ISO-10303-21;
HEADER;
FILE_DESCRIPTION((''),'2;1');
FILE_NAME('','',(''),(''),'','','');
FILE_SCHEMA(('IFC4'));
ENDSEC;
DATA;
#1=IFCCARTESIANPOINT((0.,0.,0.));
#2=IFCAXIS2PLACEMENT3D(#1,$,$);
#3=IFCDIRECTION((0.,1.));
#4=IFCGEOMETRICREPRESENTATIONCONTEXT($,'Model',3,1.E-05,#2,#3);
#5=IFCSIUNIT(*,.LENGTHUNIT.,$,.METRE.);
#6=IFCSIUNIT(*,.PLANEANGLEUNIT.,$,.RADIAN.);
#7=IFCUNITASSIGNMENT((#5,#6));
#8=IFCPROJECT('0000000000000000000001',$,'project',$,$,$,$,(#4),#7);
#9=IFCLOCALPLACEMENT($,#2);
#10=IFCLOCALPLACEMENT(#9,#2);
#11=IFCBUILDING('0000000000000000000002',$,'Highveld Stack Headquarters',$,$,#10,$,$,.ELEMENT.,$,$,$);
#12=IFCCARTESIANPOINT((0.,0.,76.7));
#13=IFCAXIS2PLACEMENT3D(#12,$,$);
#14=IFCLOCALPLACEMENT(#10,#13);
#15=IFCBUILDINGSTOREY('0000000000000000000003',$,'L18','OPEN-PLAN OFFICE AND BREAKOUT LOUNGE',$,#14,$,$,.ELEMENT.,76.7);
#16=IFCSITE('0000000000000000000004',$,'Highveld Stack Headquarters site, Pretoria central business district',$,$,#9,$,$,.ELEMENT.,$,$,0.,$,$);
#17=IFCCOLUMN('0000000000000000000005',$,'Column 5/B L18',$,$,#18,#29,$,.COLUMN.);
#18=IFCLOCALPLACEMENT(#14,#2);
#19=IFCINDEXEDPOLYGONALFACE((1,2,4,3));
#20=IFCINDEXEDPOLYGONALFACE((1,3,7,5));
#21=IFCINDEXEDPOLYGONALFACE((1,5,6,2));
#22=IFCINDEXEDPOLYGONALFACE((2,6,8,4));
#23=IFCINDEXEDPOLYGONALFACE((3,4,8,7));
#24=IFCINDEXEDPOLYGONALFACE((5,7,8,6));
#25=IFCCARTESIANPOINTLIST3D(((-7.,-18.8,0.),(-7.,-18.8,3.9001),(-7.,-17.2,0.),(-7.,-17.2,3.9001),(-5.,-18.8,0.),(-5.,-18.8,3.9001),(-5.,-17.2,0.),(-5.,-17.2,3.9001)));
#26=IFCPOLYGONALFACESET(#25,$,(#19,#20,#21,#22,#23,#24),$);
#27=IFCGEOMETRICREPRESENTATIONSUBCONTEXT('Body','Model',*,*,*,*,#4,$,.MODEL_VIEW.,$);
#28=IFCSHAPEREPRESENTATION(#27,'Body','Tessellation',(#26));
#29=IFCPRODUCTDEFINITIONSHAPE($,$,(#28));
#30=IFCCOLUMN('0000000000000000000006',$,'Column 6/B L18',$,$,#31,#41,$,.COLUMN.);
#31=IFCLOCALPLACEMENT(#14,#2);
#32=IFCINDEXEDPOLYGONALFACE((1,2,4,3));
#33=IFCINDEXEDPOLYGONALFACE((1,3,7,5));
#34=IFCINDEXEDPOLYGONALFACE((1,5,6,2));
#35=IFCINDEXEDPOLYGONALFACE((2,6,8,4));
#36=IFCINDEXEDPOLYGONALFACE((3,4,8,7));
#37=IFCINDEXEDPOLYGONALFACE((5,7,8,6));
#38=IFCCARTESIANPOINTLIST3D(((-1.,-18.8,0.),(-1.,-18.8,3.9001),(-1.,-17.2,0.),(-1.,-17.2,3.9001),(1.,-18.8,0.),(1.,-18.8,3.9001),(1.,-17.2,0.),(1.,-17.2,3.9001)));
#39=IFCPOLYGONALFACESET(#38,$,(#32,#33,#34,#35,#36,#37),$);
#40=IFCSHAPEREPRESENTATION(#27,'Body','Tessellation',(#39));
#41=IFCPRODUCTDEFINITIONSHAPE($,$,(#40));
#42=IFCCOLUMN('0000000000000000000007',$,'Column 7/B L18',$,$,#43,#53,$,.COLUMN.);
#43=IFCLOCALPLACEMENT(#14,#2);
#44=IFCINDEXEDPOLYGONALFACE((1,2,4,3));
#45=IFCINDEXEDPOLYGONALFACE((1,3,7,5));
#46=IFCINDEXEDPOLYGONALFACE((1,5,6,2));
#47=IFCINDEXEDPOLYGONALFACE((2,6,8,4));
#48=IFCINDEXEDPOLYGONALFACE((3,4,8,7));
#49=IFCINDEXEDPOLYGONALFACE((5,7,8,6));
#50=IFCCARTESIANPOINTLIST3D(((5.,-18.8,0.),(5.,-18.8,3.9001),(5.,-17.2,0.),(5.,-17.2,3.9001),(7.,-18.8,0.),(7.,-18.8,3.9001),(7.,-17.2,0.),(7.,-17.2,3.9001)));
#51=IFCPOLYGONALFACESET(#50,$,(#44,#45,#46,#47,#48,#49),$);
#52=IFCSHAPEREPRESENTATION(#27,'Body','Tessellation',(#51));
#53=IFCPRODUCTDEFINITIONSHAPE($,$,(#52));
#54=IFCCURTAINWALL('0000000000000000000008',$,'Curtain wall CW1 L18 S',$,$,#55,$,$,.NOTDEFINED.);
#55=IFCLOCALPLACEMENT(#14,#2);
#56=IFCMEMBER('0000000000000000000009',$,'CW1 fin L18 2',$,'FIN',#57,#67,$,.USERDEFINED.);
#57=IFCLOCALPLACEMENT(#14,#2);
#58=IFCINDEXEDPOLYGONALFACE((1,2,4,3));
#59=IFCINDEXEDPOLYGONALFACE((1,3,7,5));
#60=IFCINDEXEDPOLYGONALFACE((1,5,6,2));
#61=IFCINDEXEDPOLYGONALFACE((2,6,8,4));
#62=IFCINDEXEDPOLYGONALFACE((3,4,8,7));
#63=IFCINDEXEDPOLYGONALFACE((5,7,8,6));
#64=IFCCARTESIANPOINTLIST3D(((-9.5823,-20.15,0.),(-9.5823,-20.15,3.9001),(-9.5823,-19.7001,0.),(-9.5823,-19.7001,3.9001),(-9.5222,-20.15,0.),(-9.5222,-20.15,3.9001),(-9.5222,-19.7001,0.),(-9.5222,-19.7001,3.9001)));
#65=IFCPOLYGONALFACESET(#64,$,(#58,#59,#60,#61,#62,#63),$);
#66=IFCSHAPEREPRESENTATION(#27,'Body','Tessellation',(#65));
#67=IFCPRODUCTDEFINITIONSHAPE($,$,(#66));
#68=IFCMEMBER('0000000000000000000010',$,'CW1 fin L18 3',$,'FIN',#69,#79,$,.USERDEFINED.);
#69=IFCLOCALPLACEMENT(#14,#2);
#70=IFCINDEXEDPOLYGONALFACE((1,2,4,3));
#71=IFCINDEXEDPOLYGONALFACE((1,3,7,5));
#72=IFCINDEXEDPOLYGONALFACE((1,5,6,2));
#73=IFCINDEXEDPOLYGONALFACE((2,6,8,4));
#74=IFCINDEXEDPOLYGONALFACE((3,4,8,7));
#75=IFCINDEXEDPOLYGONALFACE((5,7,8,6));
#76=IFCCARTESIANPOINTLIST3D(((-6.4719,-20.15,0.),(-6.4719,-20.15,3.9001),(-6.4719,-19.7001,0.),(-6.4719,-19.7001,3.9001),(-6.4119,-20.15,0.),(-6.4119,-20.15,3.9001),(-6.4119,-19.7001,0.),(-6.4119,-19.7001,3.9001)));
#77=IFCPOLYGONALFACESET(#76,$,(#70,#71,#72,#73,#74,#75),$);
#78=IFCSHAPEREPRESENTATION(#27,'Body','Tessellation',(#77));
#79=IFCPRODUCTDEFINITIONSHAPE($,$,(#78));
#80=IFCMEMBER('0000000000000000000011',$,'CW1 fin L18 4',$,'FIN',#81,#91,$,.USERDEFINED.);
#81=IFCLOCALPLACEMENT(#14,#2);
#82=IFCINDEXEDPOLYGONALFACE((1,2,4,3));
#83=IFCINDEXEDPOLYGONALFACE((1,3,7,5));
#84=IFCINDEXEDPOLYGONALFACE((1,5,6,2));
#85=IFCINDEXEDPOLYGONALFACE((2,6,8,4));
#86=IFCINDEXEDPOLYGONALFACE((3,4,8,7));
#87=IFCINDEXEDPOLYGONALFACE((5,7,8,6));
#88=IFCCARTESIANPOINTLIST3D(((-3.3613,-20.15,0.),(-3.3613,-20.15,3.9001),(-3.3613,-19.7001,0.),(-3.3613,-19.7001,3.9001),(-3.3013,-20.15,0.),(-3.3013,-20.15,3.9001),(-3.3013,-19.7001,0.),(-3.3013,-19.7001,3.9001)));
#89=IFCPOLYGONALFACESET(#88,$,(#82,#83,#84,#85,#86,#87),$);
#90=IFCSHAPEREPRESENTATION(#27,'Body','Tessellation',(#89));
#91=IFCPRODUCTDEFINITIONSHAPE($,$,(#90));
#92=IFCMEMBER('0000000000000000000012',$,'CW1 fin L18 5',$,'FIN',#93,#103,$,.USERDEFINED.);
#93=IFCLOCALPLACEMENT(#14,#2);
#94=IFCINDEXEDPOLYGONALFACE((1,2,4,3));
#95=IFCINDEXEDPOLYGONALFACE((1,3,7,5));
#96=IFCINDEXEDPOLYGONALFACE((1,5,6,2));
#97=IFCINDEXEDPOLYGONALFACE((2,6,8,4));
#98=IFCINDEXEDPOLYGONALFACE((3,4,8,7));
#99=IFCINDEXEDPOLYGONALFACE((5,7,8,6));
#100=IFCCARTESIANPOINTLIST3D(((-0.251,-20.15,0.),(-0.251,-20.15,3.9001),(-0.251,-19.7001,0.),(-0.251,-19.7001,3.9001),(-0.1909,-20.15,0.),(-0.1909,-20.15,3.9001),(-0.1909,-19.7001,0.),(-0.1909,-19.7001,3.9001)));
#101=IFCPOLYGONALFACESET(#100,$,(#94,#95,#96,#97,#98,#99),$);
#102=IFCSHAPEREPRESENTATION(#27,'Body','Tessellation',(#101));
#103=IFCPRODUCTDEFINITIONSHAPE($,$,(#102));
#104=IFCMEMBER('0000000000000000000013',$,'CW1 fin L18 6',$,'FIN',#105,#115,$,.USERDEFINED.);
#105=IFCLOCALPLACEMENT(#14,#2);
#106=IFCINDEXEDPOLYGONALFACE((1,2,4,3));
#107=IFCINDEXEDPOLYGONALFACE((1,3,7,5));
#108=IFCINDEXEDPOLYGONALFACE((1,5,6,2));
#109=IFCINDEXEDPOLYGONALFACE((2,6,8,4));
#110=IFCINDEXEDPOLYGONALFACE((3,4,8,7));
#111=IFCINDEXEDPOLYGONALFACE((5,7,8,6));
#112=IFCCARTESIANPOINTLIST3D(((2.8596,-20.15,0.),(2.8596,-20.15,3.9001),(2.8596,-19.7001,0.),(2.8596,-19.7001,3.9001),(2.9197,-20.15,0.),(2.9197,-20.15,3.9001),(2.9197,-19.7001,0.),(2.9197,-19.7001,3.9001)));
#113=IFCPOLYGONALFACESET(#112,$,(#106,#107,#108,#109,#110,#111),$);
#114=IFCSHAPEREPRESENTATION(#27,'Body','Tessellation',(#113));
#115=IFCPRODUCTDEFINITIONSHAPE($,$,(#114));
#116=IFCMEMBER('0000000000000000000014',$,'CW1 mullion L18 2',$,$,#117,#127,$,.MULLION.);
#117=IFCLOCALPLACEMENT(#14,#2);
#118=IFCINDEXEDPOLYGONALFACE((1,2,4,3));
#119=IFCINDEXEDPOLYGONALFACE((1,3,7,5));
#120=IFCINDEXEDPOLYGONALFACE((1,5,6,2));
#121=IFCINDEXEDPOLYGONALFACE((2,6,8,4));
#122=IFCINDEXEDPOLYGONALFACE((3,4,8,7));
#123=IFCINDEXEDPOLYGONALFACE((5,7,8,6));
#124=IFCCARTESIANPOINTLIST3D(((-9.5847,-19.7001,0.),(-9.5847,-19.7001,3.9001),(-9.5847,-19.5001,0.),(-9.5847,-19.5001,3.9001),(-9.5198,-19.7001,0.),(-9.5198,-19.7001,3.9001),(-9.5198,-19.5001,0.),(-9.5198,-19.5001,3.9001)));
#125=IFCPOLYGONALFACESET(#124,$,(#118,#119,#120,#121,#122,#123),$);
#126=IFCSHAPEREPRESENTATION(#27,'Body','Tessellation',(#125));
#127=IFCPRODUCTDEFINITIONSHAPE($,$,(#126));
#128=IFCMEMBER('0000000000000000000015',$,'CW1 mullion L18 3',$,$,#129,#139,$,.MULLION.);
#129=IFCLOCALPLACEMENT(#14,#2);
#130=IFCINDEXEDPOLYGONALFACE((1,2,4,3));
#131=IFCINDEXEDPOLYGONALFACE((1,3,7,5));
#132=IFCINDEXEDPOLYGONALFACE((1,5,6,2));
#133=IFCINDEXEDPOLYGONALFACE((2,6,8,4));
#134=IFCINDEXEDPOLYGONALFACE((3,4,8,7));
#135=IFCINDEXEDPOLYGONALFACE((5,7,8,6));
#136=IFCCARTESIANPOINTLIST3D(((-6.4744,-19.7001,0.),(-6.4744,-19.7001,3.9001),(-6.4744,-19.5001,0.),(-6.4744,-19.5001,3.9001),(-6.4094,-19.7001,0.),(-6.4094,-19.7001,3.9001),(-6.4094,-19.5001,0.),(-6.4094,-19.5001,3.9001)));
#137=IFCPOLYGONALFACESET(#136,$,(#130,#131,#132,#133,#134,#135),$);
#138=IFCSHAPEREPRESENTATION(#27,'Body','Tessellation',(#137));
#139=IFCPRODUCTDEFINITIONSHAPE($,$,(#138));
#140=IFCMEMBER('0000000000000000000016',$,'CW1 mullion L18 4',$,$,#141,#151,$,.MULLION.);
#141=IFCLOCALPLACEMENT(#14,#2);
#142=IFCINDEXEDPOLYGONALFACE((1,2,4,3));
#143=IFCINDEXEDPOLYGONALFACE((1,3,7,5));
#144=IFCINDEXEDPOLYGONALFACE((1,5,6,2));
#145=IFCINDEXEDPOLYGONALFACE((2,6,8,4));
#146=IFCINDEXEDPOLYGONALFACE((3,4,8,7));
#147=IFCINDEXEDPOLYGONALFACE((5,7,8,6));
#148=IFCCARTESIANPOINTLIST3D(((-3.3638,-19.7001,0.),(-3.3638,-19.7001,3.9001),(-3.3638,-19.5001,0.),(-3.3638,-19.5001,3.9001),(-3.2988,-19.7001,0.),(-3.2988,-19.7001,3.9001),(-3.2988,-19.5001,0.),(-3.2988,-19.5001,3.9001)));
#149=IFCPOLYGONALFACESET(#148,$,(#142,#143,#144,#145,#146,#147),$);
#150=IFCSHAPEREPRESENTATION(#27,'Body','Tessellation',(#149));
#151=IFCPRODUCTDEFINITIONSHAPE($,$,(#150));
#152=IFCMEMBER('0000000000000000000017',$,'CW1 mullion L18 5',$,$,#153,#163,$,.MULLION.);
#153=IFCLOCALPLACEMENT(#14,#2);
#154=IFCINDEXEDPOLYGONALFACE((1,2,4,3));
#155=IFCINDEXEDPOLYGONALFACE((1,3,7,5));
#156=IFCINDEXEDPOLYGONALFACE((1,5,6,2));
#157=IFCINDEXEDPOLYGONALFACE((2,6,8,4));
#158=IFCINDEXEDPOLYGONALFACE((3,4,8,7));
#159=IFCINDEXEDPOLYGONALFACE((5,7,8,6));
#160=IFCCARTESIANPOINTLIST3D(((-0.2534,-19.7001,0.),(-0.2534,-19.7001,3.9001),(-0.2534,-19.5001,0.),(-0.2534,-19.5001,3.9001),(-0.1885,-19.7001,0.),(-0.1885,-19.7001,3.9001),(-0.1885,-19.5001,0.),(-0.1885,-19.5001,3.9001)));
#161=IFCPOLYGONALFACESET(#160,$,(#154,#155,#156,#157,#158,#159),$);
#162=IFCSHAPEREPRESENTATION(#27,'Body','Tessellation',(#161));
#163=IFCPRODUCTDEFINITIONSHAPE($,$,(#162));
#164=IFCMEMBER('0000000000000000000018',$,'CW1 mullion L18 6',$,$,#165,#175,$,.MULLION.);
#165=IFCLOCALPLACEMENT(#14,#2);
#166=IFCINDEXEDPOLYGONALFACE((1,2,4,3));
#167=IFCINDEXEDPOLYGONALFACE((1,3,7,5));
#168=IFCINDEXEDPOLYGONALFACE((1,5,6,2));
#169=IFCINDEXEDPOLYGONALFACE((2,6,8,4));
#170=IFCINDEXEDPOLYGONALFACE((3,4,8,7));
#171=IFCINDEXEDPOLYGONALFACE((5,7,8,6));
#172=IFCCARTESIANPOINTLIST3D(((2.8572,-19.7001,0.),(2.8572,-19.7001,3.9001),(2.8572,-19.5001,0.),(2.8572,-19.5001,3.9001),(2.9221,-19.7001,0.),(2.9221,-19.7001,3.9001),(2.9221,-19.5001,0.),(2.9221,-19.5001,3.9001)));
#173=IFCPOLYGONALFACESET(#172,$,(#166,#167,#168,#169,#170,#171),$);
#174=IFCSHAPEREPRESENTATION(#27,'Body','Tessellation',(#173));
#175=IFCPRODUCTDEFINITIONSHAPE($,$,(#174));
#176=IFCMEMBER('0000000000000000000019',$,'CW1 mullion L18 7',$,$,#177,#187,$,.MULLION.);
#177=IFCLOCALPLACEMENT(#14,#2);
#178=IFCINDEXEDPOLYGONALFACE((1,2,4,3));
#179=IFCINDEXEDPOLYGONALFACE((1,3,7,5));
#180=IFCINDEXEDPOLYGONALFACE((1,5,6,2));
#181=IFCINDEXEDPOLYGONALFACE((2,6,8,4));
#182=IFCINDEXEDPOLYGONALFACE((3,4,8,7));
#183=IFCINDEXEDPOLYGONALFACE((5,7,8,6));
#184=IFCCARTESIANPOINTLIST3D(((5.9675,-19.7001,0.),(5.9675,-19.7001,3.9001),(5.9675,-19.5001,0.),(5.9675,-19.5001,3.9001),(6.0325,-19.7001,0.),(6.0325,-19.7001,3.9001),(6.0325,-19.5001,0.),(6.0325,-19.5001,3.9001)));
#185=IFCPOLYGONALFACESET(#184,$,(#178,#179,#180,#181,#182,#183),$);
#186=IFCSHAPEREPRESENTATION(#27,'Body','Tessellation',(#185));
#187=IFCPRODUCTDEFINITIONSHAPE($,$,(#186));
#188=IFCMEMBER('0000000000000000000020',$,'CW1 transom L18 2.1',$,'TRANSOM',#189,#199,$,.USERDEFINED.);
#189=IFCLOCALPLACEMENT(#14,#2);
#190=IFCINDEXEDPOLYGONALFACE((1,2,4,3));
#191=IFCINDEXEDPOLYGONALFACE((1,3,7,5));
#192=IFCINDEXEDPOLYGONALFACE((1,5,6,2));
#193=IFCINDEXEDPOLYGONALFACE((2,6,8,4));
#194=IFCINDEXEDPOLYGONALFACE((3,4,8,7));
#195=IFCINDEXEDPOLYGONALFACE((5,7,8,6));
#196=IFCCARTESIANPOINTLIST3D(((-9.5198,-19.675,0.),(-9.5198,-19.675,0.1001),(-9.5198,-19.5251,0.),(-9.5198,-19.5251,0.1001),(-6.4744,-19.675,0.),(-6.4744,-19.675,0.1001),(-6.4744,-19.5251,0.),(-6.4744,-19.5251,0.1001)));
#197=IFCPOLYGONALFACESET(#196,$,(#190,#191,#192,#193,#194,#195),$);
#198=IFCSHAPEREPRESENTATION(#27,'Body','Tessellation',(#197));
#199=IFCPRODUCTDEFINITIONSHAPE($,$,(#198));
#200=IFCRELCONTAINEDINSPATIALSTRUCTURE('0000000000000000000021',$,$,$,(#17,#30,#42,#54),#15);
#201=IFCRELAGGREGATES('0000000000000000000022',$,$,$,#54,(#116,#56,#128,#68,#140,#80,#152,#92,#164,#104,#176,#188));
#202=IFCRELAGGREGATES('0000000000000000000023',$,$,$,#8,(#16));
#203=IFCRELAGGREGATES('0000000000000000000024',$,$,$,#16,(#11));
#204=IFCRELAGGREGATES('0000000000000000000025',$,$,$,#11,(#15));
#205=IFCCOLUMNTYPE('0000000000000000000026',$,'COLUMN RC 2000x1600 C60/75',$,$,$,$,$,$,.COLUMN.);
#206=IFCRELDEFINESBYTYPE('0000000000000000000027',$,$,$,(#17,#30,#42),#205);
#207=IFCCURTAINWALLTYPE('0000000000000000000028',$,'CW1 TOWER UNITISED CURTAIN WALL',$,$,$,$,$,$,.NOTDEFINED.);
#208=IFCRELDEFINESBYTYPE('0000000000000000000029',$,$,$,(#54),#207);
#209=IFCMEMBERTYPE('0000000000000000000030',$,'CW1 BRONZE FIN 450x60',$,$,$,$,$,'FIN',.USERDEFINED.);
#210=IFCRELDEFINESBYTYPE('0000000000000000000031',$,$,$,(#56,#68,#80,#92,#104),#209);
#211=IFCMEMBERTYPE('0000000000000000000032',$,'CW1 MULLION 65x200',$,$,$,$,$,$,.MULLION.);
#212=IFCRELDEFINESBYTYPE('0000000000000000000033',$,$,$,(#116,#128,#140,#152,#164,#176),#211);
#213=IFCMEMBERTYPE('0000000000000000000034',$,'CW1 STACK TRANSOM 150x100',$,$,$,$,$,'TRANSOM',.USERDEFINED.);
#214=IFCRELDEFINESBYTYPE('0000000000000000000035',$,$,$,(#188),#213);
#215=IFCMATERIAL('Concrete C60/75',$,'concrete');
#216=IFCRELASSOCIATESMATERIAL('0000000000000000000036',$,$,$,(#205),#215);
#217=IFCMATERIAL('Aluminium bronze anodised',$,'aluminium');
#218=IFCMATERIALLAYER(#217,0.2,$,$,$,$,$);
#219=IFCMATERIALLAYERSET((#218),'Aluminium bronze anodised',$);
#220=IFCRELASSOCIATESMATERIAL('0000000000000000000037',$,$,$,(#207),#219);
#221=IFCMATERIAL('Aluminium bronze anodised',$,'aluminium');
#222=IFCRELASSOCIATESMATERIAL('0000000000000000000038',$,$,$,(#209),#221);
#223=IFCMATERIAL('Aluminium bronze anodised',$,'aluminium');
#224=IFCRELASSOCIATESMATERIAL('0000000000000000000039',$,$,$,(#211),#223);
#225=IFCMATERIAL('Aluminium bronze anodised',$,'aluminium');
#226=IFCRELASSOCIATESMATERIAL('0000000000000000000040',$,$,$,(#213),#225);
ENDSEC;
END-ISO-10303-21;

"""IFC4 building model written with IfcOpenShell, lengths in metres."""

from ifc_helpers import new_model, si_unit, direction, frame, origin, origin_2d, place, context, subcontext, project, spatial, rectangle, extrude, material, layer, layer_set, material_profile, profile_set, type_object, element, aggregate, save


model = new_model("IFC4")

# Units and contexts
model_context = context("Model", 3, precision=1e-05, world=origin(), true_north=direction((0.0, 1.0)))
body_context = subcontext(model_context, "Body", "Model", "MODEL_VIEW")
ifc_project = project(units=[si_unit("LENGTHUNIT", "METRE"), si_unit("PLANEANGLEUNIT", "RADIAN")], contexts=[model_context])

# Site, building, storey
site_placement = place(None, origin())
site = spatial("IfcSite", under=ifc_project, at=site_placement, Name="Highveld Stack Headquarters site, Pretoria central business district", CompositionType="ELEMENT", RefElevation=0.0)
building_placement = place(site_placement, origin())
building = spatial("IfcBuilding", under=site, at=building_placement, Name="Highveld Stack Headquarters", CompositionType="ELEMENT")
storey_placement = place(building_placement, frame((0.0, 0.0, 76.7)))
storey = spatial("IfcBuildingStorey", under=building, at=storey_placement, Name="L18", Description="OPEN-PLAN OFFICE AND BREAKOUT LOUNGE", CompositionType="ELEMENT", Elevation=76.7)

# Columns
ifc_material_1 = material(Name="Concrete C60/75", Category="concrete")
ifc_material_profile_1 = material_profile(ifc_material_1, rectangle(XDim=2.0, YDim=1.6001, at=origin_2d()), Name="RC 2000x1600")
ifc_profile_set_1 = profile_set([ifc_material_profile_1], Name="Concrete C60/75")
column_type = type_object("IfcColumnType", Name="COLUMN RC 2000x1600 C60/75", PredefinedType="COLUMN", material=ifc_profile_set_1)
for number, where, z_axis, x_axis, name in (
    (1, (-6.0, -18.0, 0.0), (0.0, 0.0, 1.0), (1.0, 0.0, 0.0), "Column 5/B L18"),
    (2, (0.0, -18.0, 0.0), (0.0, 0.0, 1.0), (1.0, 0.0, 0.0), "Column 6/B L18"),
    (3, (6.0, -18.0, 0.0), (0.0, 0.0, 1.0), (1.0, 0.0, 0.0), "Column 7/B L18"),
):
    element("IfcColumn", number, at=place(storey_placement, frame(where, z_axis=z_axis, x_axis=x_axis)), inside=storey, type_object=column_type, Name=name, PredefinedType="COLUMN", context=body_context, shape_type="SweptSolid", body=[
        extrude(rectangle(XDim=2.0, YDim=1.6001, at=origin_2d()), origin(), (0.0, 0.0, 1.0), 3.9001),
    ])

# Curtain wall, members
ifc_material_2 = material(Name="Aluminium bronze anodised", Category="aluminium")
ifc_layer_1 = layer(ifc_material_2, 0.2)
ifc_layer_set_1 = layer_set([ifc_layer_1], Name="Aluminium bronze anodised")
curtain_wall_type = type_object("IfcCurtainWallType", Name="CW1 TOWER UNITISED CURTAIN WALL", PredefinedType="NOTDEFINED", material=ifc_layer_set_1)
curtain_wall_placement = place(storey_placement, origin())
curtain_wall = element("IfcCurtainWall", 4, at=curtain_wall_placement, inside=storey, type_object=curtain_wall_type, Name="Curtain wall CW1 L18 S", PredefinedType="NOTDEFINED")
ifc_material_3 = material(Name="Aluminium bronze anodised", Category="aluminium")
ifc_material_profile_2 = material_profile(ifc_material_3, rectangle(XDim=0.45, YDim=0.0601, at=origin_2d()), Name="FIN 450x60")
ifc_profile_set_2 = profile_set([ifc_material_profile_2], Name="Aluminium bronze anodised")
member_type_1 = type_object("IfcMemberType", Name="CW1 BRONZE FIN 450x60", ElementType="FIN", PredefinedType="USERDEFINED", material=ifc_profile_set_2)
member_1_placement = place(storey_placement, frame((-9.5522, -19.925, 0.0), z_axis=(0.0, 0.0, 1.0), x_axis=(0.0, 1.0, 0.0)))
member_1 = element("IfcMember", 5, at=member_1_placement, type_object=member_type_1, Name="CW1 fin L18 2", ObjectType="FIN", PredefinedType="USERDEFINED", context=body_context, shape_type="SweptSolid", body=[
    extrude(rectangle(XDim=0.45, YDim=0.0601, at=origin_2d()), origin(), (0.0, 0.0, 1.0), 3.9001),
])
member_2_placement = place(storey_placement, frame((-6.4419, -19.925, 0.0), z_axis=(0.0, 0.0, 1.0), x_axis=(0.0, 1.0, 0.0)))
member_2 = element("IfcMember", 6, at=member_2_placement, type_object=member_type_1, Name="CW1 fin L18 3", ObjectType="FIN", PredefinedType="USERDEFINED", context=body_context, shape_type="SweptSolid", body=[
    extrude(rectangle(XDim=0.45, YDim=0.0601, at=origin_2d()), origin(), (0.0, 0.0, 1.0), 3.9001),
])
member_3_placement = place(storey_placement, frame((-3.3313, -19.925, 0.0), z_axis=(0.0, 0.0, 1.0), x_axis=(0.0, 1.0, 0.0)))
member_3 = element("IfcMember", 7, at=member_3_placement, type_object=member_type_1, Name="CW1 fin L18 4", ObjectType="FIN", PredefinedType="USERDEFINED", context=body_context, shape_type="SweptSolid", body=[
    extrude(rectangle(XDim=0.45, YDim=0.0601, at=origin_2d()), origin(), (0.0, 0.0, 1.0), 3.9001),
])
member_4_placement = place(storey_placement, frame((-0.2209, -19.925, 0.0), z_axis=(0.0, 0.0, 1.0), x_axis=(0.0, 1.0, 0.0)))
member_4 = element("IfcMember", 8, at=member_4_placement, type_object=member_type_1, Name="CW1 fin L18 5", ObjectType="FIN", PredefinedType="USERDEFINED", context=body_context, shape_type="SweptSolid", body=[
    extrude(rectangle(XDim=0.45, YDim=0.0601, at=origin_2d()), origin(), (0.0, 0.0, 1.0), 3.9001),
])
member_5_placement = place(storey_placement, frame((2.8896, -19.925, 0.0), z_axis=(0.0, 0.0, 1.0), x_axis=(0.0, 1.0, 0.0)))
member_5 = element("IfcMember", 9, at=member_5_placement, type_object=member_type_1, Name="CW1 fin L18 6", ObjectType="FIN", PredefinedType="USERDEFINED", context=body_context, shape_type="SweptSolid", body=[
    extrude(rectangle(XDim=0.45, YDim=0.0601, at=origin_2d()), origin(), (0.0, 0.0, 1.0), 3.9001),
])
ifc_material_4 = material(Name="Aluminium bronze anodised", Category="aluminium")
ifc_material_profile_3 = material_profile(ifc_material_4, rectangle(XDim=0.2, YDim=0.0649, at=origin_2d()), Name="CW1 MULLION 65x200")
ifc_profile_set_3 = profile_set([ifc_material_profile_3], Name="Aluminium bronze anodised")
member_type_2 = type_object("IfcMemberType", Name="CW1 MULLION 65x200", PredefinedType="MULLION", material=ifc_profile_set_3)
member_6_placement = place(storey_placement, frame((-9.5522, -19.6001, 0.0), z_axis=(0.0, 0.0, 1.0), x_axis=(0.0, 1.0, 0.0)))
member_6 = element("IfcMember", 10, at=member_6_placement, type_object=member_type_2, Name="CW1 mullion L18 2", PredefinedType="MULLION", context=body_context, shape_type="SweptSolid", body=[
    extrude(rectangle(XDim=0.2, YDim=0.0649, at=origin_2d()), origin(), (0.0, 0.0, 1.0), 3.9001),
])
member_7_placement = place(storey_placement, frame((-6.4419, -19.6001, 0.0), z_axis=(0.0, 0.0, 1.0), x_axis=(0.0, 1.0, 0.0)))
member_7 = element("IfcMember", 11, at=member_7_placement, type_object=member_type_2, Name="CW1 mullion L18 3", PredefinedType="MULLION", context=body_context, shape_type="SweptSolid", body=[
    extrude(rectangle(XDim=0.2, YDim=0.0649, at=origin_2d()), origin(), (0.0, 0.0, 1.0), 3.9001),
])
member_8_placement = place(storey_placement, frame((-3.3313, -19.6001, 0.0), z_axis=(0.0, 0.0, 1.0), x_axis=(0.0, 1.0, 0.0)))
member_8 = element("IfcMember", 12, at=member_8_placement, type_object=member_type_2, Name="CW1 mullion L18 4", PredefinedType="MULLION", context=body_context, shape_type="SweptSolid", body=[
    extrude(rectangle(XDim=0.2, YDim=0.0649, at=origin_2d()), origin(), (0.0, 0.0, 1.0), 3.9001),
])
member_9_placement = place(storey_placement, frame((-0.2209, -19.6001, 0.0), z_axis=(0.0, 0.0, 1.0), x_axis=(0.0, 1.0, 0.0)))
member_9 = element("IfcMember", 13, at=member_9_placement, type_object=member_type_2, Name="CW1 mullion L18 5", PredefinedType="MULLION", context=body_context, shape_type="SweptSolid", body=[
    extrude(rectangle(XDim=0.2, YDim=0.0649, at=origin_2d()), origin(), (0.0, 0.0, 1.0), 3.9001),
])
member_10_placement = place(storey_placement, frame((2.8896, -19.6001, 0.0), z_axis=(0.0, 0.0, 1.0), x_axis=(0.0, 1.0, 0.0)))
member_10 = element("IfcMember", 14, at=member_10_placement, type_object=member_type_2, Name="CW1 mullion L18 6", PredefinedType="MULLION", context=body_context, shape_type="SweptSolid", body=[
    extrude(rectangle(XDim=0.2, YDim=0.0649, at=origin_2d()), origin(), (0.0, 0.0, 1.0), 3.9001),
])
member_11_placement = place(storey_placement, frame((6.0, -19.6001, 0.0), z_axis=(0.0, 0.0, 1.0), x_axis=(0.0, 1.0, 0.0)))
member_11 = element("IfcMember", 15, at=member_11_placement, type_object=member_type_2, Name="CW1 mullion L18 7", PredefinedType="MULLION", context=body_context, shape_type="SweptSolid", body=[
    extrude(rectangle(XDim=0.2, YDim=0.0649, at=origin_2d()), origin(), (0.0, 0.0, 1.0), 3.9001),
])
ifc_material_5 = material(Name="Aluminium bronze anodised", Category="aluminium")
ifc_material_profile_4 = material_profile(ifc_material_5, rectangle(XDim=0.1499, YDim=0.1001, at=origin_2d()), Name="CW1 TRANSOM 150x100")
ifc_profile_set_4 = profile_set([ifc_material_profile_4], Name="Aluminium bronze anodised")
member_type_3 = type_object("IfcMemberType", Name="CW1 STACK TRANSOM 150x100", ElementType="TRANSOM", PredefinedType="USERDEFINED", material=ifc_profile_set_4)
member_12_placement = place(storey_placement, frame((-9.5198, -19.6001, 0.05), z_axis=(1.0, 0.0, 0.0), x_axis=(0.0, 1.0, 0.0)))
member_12 = element("IfcMember", 16, at=member_12_placement, type_object=member_type_3, Name="CW1 transom L18 2.1", ObjectType="TRANSOM", PredefinedType="USERDEFINED", context=body_context, shape_type="SweptSolid", body=[
    extrude(rectangle(XDim=0.1499, YDim=0.1001, at=origin_2d()), origin(), (0.0, 0.0, 1.0), 3.0454),
])
aggregate(curtain_wall, [member_6, member_1, member_7, member_2, member_8, member_3, member_9, member_4, member_10, member_5, member_11, member_12])

save(model, "model.ifc")
